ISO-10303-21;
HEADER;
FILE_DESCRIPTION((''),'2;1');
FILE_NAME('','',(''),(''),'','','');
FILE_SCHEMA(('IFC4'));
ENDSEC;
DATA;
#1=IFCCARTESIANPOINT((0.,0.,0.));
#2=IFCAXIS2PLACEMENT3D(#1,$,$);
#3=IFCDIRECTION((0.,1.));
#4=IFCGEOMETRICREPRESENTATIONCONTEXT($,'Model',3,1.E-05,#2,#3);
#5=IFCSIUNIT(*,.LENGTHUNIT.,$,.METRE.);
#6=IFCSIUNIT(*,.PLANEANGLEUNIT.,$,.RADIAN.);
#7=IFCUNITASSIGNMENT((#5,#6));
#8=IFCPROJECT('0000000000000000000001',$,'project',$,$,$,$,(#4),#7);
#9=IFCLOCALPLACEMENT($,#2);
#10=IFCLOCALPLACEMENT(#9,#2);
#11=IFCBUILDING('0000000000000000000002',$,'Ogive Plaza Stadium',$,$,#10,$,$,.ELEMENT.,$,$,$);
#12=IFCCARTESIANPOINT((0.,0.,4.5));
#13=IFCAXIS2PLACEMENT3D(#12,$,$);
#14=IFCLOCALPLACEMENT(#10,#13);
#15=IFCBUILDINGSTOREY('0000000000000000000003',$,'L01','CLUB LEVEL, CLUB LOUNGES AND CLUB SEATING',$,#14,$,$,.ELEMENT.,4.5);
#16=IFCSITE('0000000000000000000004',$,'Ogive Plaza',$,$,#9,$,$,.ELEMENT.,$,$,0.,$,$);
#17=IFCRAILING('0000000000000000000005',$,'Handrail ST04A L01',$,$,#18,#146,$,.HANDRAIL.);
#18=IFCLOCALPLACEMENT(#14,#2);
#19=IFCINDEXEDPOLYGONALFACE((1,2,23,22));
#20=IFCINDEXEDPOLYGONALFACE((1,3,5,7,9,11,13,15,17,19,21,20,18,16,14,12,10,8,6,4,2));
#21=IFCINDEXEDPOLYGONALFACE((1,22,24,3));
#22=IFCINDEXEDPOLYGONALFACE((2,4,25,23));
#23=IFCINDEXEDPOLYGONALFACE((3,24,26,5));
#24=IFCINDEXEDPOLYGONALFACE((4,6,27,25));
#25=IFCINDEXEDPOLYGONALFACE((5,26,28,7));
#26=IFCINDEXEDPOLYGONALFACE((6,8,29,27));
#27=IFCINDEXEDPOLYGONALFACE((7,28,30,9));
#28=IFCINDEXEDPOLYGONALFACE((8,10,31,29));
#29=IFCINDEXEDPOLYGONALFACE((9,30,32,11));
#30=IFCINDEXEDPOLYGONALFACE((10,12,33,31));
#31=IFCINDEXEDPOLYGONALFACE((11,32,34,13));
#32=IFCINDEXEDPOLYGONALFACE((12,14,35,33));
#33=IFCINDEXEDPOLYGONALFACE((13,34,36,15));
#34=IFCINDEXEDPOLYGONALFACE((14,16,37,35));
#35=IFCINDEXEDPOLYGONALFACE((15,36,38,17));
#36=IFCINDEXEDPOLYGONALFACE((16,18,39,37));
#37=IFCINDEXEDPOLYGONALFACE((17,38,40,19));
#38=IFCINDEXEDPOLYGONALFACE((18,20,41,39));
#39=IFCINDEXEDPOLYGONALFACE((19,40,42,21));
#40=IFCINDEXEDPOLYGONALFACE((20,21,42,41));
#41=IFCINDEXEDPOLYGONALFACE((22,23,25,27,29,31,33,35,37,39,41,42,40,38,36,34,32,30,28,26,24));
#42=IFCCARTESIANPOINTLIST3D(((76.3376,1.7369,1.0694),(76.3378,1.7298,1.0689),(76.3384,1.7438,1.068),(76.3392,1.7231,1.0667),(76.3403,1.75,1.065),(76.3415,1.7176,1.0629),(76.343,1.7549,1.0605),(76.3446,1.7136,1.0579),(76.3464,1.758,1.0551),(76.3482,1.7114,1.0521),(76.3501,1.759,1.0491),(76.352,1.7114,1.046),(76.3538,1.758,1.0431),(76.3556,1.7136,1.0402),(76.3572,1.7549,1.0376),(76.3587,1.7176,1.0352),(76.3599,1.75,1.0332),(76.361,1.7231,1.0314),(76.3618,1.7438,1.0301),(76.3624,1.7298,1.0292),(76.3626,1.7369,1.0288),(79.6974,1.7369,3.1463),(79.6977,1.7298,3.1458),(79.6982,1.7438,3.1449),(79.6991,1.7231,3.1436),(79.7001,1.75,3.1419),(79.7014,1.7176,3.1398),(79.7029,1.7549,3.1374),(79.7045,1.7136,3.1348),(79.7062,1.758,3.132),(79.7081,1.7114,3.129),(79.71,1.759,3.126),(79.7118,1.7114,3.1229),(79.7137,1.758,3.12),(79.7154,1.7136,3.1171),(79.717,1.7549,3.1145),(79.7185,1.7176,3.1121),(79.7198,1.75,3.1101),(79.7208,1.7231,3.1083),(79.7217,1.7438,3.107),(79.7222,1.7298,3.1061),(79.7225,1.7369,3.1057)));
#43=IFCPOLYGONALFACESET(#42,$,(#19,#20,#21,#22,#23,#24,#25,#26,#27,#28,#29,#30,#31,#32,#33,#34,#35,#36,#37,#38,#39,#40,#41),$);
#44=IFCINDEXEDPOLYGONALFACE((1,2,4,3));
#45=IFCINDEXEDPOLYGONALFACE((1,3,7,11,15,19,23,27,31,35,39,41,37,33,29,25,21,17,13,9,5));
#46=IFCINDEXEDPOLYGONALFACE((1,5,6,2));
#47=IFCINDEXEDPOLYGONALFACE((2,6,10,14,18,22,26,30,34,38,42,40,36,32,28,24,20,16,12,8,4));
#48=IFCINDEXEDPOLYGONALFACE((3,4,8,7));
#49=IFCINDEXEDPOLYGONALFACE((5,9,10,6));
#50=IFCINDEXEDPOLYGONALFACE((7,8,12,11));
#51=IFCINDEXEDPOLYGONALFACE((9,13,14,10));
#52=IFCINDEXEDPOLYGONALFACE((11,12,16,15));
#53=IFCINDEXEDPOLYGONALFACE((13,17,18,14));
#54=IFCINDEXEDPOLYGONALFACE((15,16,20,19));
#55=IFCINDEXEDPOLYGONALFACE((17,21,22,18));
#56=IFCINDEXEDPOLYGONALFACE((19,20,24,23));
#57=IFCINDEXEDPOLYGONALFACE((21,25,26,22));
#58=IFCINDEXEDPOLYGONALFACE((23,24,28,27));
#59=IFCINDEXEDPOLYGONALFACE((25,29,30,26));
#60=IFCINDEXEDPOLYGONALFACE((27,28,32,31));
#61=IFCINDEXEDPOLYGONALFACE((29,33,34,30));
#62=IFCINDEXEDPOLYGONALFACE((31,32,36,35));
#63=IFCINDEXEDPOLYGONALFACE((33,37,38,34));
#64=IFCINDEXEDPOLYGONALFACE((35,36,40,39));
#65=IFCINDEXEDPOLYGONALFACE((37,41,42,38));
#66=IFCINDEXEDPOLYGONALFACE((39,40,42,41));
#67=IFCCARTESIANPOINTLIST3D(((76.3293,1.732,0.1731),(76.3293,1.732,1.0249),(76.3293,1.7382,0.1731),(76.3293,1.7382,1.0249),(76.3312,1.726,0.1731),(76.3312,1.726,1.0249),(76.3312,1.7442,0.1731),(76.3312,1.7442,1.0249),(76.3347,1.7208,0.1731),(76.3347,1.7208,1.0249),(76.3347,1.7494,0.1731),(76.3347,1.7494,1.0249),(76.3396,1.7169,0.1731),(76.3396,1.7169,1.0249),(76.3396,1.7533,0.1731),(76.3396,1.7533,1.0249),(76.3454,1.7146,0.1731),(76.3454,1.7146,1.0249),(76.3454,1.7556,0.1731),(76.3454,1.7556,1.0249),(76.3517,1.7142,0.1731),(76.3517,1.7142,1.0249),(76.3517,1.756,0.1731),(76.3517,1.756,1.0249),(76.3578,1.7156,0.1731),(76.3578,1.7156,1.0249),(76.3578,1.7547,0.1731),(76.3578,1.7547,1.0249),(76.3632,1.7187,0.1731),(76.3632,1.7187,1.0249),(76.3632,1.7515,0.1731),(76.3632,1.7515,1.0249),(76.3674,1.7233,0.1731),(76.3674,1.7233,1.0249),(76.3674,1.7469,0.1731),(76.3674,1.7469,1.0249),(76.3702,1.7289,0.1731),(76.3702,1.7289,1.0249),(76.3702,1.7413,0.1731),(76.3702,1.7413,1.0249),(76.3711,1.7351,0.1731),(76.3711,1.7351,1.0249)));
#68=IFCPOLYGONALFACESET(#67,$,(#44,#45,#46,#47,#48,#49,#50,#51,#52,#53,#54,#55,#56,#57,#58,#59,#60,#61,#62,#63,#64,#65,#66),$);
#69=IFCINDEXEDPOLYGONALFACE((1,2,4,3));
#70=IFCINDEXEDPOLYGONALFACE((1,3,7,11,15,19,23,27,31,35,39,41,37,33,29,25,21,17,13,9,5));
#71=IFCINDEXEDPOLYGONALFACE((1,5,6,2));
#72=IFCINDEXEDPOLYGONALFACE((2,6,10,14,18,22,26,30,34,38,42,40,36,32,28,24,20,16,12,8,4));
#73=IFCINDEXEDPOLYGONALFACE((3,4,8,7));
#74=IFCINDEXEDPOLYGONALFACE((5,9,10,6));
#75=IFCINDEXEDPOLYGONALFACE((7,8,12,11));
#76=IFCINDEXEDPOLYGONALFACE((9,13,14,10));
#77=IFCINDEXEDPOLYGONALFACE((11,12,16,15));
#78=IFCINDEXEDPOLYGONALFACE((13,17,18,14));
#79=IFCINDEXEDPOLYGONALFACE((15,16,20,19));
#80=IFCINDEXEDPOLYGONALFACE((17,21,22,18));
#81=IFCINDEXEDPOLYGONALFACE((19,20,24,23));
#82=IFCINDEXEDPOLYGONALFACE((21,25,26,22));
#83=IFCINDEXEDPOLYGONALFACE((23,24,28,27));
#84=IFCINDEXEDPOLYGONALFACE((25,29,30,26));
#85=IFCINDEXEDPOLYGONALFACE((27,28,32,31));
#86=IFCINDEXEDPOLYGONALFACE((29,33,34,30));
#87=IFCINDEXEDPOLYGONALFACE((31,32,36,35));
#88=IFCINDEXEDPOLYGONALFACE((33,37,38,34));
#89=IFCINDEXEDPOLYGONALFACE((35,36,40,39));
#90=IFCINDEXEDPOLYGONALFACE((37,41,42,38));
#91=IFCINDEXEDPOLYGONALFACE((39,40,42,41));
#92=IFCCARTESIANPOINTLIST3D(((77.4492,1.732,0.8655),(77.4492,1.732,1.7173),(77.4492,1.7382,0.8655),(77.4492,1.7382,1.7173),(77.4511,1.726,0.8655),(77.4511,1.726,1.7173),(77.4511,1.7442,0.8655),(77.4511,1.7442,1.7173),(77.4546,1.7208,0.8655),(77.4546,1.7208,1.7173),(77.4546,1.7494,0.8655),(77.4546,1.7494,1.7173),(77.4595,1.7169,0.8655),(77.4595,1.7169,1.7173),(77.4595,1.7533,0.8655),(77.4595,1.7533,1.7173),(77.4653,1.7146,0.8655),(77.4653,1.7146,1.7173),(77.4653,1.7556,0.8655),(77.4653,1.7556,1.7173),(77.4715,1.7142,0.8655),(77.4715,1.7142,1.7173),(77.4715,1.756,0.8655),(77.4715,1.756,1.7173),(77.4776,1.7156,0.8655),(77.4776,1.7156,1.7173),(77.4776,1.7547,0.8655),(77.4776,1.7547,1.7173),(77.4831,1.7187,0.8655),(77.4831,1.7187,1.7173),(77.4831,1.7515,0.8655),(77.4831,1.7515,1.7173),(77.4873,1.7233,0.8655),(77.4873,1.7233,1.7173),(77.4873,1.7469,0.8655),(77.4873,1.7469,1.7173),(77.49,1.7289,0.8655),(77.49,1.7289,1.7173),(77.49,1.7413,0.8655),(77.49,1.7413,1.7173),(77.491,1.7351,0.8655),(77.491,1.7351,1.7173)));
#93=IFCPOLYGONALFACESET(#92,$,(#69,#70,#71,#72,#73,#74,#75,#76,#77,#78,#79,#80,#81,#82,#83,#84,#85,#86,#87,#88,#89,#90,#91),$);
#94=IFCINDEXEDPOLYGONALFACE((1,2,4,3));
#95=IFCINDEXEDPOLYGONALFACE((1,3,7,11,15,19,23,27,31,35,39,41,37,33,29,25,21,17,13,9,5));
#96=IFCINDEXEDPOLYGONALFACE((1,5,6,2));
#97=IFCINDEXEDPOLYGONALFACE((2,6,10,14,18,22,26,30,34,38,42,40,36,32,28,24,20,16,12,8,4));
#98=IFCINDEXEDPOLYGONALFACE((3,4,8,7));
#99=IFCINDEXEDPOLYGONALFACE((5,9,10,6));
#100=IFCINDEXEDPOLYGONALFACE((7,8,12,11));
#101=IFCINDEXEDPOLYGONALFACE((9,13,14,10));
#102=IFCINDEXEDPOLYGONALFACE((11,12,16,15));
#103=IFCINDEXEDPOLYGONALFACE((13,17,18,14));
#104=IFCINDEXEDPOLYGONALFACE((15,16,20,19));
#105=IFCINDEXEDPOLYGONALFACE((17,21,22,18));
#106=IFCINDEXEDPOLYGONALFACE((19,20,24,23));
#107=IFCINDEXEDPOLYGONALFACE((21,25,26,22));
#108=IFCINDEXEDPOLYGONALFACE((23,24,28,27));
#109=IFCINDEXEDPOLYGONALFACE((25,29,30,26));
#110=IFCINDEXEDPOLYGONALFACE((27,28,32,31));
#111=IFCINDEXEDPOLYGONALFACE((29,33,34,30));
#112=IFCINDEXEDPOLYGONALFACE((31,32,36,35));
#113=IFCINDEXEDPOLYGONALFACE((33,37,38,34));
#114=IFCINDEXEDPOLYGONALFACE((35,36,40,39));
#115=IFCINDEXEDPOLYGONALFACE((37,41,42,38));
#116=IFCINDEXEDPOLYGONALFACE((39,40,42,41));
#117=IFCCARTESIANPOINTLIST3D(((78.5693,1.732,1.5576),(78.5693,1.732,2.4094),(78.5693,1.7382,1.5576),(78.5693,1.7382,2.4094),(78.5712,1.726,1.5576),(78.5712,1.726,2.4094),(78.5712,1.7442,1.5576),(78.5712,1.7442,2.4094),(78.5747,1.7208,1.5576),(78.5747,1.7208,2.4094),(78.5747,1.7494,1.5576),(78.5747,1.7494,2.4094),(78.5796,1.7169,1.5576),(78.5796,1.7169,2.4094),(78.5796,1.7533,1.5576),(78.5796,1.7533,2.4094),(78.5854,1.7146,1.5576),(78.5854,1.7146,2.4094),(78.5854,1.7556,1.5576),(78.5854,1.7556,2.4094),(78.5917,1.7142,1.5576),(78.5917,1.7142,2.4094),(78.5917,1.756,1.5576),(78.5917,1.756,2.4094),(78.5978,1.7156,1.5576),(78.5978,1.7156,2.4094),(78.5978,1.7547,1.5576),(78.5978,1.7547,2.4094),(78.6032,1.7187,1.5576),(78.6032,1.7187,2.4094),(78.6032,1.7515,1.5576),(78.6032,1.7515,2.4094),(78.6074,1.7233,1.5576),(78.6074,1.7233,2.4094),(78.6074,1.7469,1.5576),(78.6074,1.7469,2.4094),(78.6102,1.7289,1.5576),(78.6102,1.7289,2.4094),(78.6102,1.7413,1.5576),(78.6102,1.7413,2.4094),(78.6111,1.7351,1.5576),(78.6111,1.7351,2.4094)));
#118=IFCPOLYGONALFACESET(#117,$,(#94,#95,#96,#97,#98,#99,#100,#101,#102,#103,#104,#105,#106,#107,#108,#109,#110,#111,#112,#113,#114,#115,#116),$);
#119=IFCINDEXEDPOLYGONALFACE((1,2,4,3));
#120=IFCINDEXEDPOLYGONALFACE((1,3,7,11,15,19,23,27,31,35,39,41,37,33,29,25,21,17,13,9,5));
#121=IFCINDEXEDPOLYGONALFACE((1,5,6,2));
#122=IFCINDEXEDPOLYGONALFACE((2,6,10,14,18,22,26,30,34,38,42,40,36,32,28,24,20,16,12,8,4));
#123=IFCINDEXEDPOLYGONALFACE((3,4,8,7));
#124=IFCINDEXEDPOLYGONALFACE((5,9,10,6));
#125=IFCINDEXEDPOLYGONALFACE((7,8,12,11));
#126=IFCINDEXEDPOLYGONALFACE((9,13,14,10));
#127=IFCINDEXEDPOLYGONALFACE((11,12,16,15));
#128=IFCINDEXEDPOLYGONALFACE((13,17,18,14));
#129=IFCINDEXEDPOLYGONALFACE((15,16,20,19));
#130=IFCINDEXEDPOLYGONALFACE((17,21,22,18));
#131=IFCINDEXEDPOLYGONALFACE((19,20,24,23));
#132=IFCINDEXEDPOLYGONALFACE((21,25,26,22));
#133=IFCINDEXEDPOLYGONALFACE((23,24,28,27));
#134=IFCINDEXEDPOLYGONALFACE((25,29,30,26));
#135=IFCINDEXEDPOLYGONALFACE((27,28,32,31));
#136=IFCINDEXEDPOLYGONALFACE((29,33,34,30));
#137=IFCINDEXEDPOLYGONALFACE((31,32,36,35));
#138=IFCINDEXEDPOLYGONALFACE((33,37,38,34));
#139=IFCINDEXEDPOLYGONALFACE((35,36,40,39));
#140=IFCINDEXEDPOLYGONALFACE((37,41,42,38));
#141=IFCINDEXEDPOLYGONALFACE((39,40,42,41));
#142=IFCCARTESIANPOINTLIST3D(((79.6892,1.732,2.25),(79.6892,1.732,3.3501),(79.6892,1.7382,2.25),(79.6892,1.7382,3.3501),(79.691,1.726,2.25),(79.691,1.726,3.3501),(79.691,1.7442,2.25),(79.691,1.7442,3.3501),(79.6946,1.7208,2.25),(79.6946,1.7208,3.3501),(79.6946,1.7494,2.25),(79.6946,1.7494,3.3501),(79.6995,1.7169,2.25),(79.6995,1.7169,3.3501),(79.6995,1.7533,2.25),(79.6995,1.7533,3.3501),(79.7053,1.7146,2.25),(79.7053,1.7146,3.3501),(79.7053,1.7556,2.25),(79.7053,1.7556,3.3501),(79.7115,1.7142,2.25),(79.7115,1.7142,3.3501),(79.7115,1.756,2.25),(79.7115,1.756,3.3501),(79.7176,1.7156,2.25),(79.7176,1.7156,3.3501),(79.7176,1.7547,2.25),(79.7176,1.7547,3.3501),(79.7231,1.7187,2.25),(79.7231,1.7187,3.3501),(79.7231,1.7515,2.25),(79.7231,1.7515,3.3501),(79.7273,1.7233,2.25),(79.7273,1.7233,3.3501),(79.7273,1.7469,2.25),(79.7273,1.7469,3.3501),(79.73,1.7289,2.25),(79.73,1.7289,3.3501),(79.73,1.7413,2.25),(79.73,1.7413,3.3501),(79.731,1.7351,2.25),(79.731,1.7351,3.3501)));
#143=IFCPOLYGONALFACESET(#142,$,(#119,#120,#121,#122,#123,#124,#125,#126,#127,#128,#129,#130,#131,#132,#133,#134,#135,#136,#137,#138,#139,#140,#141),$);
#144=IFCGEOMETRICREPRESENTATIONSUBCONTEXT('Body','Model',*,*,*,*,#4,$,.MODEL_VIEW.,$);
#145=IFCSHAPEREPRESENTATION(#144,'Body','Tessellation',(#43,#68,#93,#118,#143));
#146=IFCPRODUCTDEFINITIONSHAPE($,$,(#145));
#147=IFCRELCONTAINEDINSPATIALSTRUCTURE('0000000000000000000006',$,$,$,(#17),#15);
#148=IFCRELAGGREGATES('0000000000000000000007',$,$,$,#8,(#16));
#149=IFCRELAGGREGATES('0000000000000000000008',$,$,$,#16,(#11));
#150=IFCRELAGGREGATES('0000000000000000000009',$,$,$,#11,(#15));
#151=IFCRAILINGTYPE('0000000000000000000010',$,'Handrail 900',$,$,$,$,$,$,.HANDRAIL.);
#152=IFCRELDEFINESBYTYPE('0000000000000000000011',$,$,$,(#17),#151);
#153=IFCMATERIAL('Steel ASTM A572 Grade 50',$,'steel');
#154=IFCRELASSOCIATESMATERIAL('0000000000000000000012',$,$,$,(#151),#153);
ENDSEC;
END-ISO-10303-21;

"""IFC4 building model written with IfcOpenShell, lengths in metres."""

from ifc_helpers import new_model, si_unit, direction, frame, origin, origin_2d, place, context, subcontext, project, spatial, circle, extrude, material, type_object, element, save


model = new_model("IFC4")

# Units and contexts
model_context = context("Model", 3, precision=1e-05, world=origin(), true_north=direction((0.0, 1.0)))
body_context = subcontext(model_context, "Body", "Model", "MODEL_VIEW")
ifc_project = project(units=[si_unit("LENGTHUNIT", "METRE"), si_unit("PLANEANGLEUNIT", "RADIAN")], contexts=[model_context])

# Site, building, storey
site_placement = place(None, origin())
site = spatial("IfcSite", under=ifc_project, at=site_placement, Name="Ogive Plaza", CompositionType="ELEMENT", RefElevation=0.0)
building_placement = place(site_placement, origin())
building = spatial("IfcBuilding", under=site, at=building_placement, Name="Ogive Plaza Stadium", CompositionType="ELEMENT")
storey_placement = place(building_placement, frame((0.0, 0.0, 4.5)))
storey = spatial("IfcBuildingStorey", under=building, at=storey_placement, Name="L01", Description="CLUB LEVEL, CLUB LOUNGES AND CLUB SEATING", CompositionType="ELEMENT", Elevation=4.5)

# Railing
ifc_material_1 = material(Name="Steel ASTM A572 Grade 50", Category="steel")
railing_type_1 = type_object("IfcRailingType", Name="Handrail 900", PredefinedType="HANDRAIL", material=ifc_material_1)
for number, where, name in (
    (1, (76.3501, 1.7351, 0.1731), "Handrail ST04A L01"),
):
    element("IfcRailing", number, at=place(storey_placement, frame(where)), inside=storey, type_object=railing_type_1, Name=name, PredefinedType="HANDRAIL", context=body_context, shape_type="SweptSolid", body=[
        extrude(circle(Radius=0.0239, at=origin_2d()), frame((0.0, 0.0, 0.876), z_axis=(0.850606, 0.0, 0.525803), x_axis=(0.0, 1.0, 0.0)), (0.0, 0.0, 1.0), 3.95),
        extrude(circle(Radius=0.021, at=origin_2d()), origin(), (0.0, 0.0, 1.0), 0.8518),
        extrude(circle(Radius=0.021, at=origin_2d()), frame((1.1199, 0.0, 0.6924)), (0.0, 0.0, 1.0), 0.8518),
        extrude(circle(Radius=0.021, at=origin_2d()), frame((2.24, 0.0, 1.3845)), (0.0, 0.0, 1.0), 0.8518),
        extrude(circle(Radius=0.021, at=origin_2d()), frame((3.3599, 0.0, 2.0769)), (0.0, 0.0, 1.0), 1.1001),
    ])

save(model, "model.ifc")
